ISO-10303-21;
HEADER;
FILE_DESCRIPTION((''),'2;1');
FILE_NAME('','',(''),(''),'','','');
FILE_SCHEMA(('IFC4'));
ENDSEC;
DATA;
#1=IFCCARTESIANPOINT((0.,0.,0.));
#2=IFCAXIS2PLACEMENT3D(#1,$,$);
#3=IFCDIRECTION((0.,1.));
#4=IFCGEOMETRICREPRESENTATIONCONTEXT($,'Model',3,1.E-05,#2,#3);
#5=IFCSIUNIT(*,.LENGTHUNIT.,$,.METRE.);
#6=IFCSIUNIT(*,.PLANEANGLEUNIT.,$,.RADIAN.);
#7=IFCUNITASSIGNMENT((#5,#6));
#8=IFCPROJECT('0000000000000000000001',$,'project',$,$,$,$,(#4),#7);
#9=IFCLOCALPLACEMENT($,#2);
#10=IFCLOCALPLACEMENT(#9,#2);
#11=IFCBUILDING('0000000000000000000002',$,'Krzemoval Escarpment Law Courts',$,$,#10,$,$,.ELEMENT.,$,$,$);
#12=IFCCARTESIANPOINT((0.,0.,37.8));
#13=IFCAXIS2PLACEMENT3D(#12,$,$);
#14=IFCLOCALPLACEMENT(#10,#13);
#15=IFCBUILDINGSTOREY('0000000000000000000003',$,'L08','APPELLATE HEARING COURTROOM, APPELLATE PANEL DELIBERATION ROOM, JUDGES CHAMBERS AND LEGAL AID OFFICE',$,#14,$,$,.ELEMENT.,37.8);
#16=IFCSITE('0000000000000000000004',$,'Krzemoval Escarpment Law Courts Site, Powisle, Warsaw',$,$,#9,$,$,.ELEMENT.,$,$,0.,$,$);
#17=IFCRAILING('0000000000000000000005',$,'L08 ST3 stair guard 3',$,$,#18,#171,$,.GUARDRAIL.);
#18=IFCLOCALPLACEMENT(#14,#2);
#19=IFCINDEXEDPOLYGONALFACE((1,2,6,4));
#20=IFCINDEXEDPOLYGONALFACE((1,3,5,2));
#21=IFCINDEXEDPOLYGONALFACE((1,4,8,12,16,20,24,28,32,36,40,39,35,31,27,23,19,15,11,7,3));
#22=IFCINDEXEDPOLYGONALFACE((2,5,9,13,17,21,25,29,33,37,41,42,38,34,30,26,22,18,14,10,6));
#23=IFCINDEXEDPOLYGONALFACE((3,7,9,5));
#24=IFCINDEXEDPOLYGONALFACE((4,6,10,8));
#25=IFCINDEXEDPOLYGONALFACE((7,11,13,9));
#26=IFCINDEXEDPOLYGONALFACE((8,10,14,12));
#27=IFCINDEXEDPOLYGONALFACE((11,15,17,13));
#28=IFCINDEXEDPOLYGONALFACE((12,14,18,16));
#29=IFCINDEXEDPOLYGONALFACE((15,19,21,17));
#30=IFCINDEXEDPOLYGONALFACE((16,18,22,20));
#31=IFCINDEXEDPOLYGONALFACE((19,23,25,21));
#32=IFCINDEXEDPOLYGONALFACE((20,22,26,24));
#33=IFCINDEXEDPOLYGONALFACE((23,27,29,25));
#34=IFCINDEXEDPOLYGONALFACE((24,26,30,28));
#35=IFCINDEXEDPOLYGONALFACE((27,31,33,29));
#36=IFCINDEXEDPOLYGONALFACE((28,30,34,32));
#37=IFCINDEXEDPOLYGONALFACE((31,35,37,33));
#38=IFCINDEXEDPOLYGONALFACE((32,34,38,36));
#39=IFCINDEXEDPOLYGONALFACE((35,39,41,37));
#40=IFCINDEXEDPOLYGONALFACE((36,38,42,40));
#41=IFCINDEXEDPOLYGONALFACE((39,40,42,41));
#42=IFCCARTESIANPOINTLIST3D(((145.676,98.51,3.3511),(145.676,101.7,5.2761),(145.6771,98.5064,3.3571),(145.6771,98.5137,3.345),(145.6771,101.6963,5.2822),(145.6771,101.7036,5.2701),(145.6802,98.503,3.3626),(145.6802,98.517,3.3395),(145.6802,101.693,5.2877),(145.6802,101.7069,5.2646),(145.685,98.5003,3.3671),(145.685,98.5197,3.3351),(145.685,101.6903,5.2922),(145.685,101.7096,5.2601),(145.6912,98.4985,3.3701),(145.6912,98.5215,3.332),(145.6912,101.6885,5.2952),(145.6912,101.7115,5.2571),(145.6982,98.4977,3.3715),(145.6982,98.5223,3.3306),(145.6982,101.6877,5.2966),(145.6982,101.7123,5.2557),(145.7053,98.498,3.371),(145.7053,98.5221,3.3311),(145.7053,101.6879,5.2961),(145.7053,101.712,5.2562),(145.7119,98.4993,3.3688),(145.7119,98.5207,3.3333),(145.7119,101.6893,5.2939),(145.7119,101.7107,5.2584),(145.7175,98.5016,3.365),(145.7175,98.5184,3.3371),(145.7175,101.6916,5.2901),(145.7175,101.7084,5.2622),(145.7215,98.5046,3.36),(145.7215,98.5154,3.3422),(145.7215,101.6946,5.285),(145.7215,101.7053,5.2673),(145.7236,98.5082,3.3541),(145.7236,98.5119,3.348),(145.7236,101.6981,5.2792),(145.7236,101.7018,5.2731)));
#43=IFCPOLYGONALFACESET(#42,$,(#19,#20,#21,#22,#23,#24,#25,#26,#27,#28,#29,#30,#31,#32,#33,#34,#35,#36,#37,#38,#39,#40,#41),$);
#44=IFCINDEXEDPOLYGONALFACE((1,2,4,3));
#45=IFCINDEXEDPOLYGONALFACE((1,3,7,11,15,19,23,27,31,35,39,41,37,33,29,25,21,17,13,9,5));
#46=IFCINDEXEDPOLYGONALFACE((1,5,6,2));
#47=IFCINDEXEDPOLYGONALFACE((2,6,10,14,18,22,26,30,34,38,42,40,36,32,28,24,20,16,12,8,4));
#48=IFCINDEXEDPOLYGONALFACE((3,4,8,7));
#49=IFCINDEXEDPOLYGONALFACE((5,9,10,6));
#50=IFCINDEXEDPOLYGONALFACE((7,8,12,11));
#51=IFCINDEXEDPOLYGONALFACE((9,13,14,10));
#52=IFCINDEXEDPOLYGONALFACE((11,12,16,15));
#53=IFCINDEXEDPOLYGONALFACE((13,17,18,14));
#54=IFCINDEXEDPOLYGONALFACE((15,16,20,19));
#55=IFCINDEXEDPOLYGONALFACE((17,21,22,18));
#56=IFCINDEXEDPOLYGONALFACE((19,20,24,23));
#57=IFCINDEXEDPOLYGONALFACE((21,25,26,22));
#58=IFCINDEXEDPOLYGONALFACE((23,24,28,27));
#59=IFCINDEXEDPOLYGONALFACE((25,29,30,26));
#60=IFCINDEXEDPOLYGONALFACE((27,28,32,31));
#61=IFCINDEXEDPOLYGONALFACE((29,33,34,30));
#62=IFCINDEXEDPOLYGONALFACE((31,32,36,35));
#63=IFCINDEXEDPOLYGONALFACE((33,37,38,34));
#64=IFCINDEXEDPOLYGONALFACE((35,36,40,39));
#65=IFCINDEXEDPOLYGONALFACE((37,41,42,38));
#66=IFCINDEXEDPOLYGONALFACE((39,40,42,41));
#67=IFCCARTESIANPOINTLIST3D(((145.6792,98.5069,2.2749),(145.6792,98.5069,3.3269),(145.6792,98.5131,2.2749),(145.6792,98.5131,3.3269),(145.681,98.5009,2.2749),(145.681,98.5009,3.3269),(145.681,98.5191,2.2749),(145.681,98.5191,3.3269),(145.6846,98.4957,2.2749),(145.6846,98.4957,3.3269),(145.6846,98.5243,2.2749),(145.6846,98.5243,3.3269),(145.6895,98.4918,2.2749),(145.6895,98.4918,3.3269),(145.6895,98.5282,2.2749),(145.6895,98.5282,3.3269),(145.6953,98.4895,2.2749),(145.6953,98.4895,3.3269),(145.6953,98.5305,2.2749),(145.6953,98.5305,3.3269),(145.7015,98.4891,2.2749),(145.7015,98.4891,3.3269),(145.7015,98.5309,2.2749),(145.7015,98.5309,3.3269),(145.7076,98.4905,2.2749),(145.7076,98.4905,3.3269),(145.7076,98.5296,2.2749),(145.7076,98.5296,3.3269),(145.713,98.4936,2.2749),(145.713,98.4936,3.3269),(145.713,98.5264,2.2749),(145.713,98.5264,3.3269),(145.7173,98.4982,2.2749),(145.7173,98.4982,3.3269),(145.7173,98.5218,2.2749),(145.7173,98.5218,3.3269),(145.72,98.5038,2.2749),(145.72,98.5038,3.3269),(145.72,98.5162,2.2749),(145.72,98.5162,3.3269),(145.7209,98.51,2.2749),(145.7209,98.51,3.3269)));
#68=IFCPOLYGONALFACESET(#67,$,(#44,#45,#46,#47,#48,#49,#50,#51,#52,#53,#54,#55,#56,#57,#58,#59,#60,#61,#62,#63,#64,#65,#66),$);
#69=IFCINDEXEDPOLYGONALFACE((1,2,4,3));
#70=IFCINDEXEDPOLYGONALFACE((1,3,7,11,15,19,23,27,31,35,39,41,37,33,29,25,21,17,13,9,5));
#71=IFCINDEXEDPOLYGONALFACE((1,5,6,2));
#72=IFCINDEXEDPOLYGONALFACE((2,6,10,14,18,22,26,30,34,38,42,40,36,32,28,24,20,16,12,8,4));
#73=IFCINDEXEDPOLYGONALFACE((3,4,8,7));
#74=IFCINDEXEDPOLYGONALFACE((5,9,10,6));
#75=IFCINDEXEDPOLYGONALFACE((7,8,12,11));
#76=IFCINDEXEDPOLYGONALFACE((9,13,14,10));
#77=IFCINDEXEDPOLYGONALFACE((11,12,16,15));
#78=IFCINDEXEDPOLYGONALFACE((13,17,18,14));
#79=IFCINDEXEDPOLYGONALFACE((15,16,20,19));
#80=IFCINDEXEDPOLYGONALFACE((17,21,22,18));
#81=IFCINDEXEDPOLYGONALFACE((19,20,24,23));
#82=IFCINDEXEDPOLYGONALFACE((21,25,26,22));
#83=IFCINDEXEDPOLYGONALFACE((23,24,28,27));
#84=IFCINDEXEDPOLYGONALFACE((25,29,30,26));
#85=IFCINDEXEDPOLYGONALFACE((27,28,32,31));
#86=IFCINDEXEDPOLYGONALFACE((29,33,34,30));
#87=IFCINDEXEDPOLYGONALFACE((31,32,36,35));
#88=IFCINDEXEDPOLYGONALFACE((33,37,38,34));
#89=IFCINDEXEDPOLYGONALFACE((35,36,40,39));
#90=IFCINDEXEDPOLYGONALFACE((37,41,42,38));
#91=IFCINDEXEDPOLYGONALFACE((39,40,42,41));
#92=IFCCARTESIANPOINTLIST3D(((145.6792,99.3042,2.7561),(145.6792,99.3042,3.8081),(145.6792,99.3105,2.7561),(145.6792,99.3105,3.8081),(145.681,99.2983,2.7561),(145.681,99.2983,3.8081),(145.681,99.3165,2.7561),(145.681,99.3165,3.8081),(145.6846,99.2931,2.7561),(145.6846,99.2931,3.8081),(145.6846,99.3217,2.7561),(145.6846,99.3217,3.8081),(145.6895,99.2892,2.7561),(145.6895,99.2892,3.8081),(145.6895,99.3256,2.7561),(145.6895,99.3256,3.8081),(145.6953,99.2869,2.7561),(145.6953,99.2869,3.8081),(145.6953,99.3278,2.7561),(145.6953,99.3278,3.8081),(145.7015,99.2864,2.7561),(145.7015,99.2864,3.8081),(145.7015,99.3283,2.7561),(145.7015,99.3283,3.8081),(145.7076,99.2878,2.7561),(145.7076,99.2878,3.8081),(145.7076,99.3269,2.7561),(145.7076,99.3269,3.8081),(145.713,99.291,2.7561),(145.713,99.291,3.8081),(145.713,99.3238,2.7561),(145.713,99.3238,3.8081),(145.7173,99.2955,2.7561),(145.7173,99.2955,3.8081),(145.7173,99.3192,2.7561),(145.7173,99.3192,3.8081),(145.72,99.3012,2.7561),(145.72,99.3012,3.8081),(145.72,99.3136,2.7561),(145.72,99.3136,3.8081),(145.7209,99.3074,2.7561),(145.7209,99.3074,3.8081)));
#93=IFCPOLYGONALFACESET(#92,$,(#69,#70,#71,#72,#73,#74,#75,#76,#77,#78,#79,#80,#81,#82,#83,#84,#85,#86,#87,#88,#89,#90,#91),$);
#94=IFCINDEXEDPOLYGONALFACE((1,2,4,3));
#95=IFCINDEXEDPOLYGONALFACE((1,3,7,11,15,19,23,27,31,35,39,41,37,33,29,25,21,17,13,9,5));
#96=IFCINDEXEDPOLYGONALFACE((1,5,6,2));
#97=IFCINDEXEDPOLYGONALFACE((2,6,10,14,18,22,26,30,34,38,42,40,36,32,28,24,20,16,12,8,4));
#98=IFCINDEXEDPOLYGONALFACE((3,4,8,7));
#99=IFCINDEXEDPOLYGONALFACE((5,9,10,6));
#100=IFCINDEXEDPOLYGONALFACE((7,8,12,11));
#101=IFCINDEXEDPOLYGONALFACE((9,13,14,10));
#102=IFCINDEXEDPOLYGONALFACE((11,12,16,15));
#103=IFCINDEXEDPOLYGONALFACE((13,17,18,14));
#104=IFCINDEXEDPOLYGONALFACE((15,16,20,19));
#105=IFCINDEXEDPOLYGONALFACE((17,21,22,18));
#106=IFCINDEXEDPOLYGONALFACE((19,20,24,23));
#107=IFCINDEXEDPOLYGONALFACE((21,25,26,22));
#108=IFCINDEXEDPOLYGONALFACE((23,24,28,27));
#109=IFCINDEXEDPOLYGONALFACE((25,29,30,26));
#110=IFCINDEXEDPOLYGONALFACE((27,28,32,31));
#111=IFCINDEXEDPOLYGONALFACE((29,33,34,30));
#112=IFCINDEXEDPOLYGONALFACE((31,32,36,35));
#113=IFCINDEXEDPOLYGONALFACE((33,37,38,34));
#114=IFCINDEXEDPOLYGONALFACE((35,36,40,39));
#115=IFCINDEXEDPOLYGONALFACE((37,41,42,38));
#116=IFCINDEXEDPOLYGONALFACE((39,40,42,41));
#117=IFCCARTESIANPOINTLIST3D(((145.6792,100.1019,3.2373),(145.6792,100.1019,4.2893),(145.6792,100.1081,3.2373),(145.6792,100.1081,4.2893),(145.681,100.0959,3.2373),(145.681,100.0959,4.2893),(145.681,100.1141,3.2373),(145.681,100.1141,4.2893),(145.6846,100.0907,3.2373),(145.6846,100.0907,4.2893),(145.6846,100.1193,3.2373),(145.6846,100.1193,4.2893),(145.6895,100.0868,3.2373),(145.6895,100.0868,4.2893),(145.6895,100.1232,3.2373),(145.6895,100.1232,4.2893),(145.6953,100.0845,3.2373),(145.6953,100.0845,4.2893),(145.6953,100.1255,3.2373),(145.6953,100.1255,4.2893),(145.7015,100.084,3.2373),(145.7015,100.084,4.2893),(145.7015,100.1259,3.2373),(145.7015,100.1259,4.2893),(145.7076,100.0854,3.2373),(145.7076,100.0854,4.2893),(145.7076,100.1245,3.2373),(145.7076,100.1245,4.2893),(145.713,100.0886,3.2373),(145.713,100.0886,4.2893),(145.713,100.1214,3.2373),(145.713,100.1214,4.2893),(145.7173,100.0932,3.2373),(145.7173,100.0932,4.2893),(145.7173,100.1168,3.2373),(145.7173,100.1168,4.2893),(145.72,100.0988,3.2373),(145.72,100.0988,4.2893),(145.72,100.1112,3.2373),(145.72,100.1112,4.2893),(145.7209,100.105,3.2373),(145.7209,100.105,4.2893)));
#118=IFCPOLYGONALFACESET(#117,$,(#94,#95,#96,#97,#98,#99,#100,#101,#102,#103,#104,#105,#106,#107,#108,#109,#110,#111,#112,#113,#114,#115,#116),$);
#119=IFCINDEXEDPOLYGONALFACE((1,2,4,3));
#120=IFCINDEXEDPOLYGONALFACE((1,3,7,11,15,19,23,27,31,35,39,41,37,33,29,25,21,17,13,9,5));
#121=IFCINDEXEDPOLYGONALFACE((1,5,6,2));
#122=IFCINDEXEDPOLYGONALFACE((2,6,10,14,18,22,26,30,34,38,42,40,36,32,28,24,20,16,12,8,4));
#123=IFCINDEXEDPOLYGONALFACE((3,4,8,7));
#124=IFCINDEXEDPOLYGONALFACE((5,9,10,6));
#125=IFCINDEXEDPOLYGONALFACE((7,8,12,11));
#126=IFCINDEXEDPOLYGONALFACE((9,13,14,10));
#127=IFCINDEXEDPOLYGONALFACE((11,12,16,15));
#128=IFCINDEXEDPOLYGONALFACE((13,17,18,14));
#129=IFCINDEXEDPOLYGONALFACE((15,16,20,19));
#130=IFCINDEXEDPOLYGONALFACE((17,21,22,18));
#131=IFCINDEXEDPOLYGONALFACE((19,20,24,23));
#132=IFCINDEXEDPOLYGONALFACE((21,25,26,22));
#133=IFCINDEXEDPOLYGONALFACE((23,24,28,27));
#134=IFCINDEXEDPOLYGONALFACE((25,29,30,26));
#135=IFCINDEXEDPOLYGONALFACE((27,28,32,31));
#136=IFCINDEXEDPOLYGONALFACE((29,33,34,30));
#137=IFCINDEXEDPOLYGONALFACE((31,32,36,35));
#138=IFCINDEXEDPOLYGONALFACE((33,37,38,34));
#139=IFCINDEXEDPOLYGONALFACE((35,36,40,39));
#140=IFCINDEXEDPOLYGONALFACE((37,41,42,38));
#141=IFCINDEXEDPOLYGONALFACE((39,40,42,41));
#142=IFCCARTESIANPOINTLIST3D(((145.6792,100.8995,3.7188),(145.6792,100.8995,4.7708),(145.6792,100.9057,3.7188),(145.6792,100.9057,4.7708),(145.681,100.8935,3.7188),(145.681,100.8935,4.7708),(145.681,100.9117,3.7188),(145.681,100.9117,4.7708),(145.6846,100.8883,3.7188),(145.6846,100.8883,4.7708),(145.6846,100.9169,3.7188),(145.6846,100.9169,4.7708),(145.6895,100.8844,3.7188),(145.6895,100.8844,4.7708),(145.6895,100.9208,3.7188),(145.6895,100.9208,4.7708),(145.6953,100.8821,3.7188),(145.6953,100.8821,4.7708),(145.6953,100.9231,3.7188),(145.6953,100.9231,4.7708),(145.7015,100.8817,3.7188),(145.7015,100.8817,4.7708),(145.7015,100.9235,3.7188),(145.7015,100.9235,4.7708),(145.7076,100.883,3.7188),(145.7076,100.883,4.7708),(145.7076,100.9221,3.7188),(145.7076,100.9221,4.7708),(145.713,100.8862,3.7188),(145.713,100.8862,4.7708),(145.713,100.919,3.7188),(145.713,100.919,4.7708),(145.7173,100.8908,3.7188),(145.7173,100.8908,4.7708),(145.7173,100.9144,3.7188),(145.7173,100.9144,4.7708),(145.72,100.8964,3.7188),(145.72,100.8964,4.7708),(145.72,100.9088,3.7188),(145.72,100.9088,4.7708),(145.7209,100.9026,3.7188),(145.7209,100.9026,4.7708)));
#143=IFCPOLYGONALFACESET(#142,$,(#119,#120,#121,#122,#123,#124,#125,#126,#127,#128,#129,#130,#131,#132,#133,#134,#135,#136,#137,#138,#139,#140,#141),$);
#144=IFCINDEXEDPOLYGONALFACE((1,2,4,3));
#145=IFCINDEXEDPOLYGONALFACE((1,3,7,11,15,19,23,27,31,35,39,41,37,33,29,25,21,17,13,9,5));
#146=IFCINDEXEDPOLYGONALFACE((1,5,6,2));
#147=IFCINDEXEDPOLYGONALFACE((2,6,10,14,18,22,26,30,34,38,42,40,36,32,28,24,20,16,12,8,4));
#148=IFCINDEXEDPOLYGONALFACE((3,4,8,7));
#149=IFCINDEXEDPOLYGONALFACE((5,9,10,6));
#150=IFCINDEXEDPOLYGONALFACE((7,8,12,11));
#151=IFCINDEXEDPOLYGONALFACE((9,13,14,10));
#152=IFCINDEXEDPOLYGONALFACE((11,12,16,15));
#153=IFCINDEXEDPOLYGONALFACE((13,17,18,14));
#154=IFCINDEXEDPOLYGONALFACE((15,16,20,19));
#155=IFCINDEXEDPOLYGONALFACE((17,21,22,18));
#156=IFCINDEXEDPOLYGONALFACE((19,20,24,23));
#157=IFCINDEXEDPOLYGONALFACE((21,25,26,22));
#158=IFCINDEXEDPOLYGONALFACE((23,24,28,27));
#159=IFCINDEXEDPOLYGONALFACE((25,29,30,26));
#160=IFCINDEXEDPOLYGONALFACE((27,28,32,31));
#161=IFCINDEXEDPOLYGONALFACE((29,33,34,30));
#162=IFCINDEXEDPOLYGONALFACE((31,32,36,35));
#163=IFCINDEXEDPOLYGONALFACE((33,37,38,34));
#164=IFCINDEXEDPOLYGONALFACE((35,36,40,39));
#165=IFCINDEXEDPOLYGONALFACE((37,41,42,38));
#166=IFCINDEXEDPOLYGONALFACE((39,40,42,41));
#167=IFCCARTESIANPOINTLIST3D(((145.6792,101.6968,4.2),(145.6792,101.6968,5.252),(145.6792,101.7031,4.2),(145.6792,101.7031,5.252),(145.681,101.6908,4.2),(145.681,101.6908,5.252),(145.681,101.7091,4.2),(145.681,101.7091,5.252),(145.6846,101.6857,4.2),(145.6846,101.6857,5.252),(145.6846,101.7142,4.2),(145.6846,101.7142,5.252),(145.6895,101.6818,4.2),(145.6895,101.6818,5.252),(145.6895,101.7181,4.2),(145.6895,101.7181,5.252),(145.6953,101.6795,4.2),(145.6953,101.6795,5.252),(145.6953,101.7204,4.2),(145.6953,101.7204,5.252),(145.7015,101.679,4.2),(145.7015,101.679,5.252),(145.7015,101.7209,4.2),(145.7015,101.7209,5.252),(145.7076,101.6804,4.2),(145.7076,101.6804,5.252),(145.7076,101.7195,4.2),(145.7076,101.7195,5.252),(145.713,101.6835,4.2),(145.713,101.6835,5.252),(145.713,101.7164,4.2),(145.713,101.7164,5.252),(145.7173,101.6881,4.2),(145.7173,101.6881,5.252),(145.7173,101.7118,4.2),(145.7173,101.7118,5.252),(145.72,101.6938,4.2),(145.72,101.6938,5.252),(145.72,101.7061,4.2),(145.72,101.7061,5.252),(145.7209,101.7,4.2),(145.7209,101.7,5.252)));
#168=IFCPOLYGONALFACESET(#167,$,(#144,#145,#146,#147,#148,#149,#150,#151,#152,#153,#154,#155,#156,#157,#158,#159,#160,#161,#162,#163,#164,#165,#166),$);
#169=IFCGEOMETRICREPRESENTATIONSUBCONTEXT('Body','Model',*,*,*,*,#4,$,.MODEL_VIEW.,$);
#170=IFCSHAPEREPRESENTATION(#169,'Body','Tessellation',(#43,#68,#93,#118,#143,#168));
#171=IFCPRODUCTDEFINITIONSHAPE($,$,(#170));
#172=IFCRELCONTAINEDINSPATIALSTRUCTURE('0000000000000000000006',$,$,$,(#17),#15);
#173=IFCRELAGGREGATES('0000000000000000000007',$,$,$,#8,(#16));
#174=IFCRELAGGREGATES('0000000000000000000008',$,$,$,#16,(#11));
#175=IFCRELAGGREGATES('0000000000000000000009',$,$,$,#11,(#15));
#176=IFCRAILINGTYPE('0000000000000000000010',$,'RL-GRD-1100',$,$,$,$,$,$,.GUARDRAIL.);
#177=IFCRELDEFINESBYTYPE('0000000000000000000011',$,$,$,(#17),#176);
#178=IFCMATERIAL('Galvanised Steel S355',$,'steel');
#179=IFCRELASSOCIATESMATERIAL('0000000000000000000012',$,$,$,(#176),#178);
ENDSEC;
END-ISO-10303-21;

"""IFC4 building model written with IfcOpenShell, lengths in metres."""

from ifc_helpers import new_model, si_unit, direction, frame, origin, origin_2d, place, context, subcontext, project, spatial, circle, extrude, material, type_object, element, save


model = new_model("IFC4")

# Units and contexts
model_context = context("Model", 3, precision=1e-05, world=origin(), true_north=direction((0.0, 1.0)))
body_context = subcontext(model_context, "Body", "Model", "MODEL_VIEW")
ifc_project = project(units=[si_unit("LENGTHUNIT", "METRE"), si_unit("PLANEANGLEUNIT", "RADIAN")], contexts=[model_context])

# Site, building, storey
site_placement = place(None, origin())
site = spatial("IfcSite", under=ifc_project, at=site_placement, Name="Krzemoval Escarpment Law Courts Site, Powisle, Warsaw", CompositionType="ELEMENT", RefElevation=0.0)
building_placement = place(site_placement, origin())
building = spatial("IfcBuilding", under=site, at=building_placement, Name="Krzemoval Escarpment Law Courts", CompositionType="ELEMENT")
storey_placement = place(building_placement, frame((0.0, 0.0, 37.8)))
storey = spatial("IfcBuildingStorey", under=building, at=storey_placement, Name="L08", Description="APPELLATE HEARING COURTROOM, APPELLATE PANEL DELIBERATION ROOM, JUDGES CHAMBERS AND LEGAL AID OFFICE", CompositionType="ELEMENT", Elevation=37.8)

# Railing
ifc_material_1 = material(Name="Galvanised Steel S355", Category="steel")
railing_type_1 = type_object("IfcRailingType", Name="RL-GRD-1100", PredefinedType="GUARDRAIL", material=ifc_material_1)
railing_1_placement = place(storey_placement, frame((145.7, 98.51, 2.2749)))
element("IfcRailing", 1, at=railing_1_placement, inside=storey, type_object=railing_type_1, Name="L08 ST3 stair guard 3", PredefinedType="GUARDRAIL", context=body_context, shape_type="SweptSolid", body=[
    extrude(circle(Radius=0.0239, at=origin_2d()), frame((0.0, 0.0, 1.0762), z_axis=(0.0, 0.856178, 0.516682), x_axis=(-1.0, 0.0, 0.0)), (0.0, 0.0, 1.0), 3.7258),
    extrude(circle(Radius=0.021, at=origin_2d()), origin(), (0.0, 0.0, 1.0), 1.052),
    extrude(circle(Radius=0.021, at=origin_2d()), frame((0.0, 0.7974, 0.4812)), (0.0, 0.0, 1.0), 1.052),
    extrude(circle(Radius=0.021, at=origin_2d()), frame((0.0, 1.595, 0.9624)), (0.0, 0.0, 1.0), 1.052),
    extrude(circle(Radius=0.021, at=origin_2d()), frame((0.0, 2.3926, 1.4438)), (0.0, 0.0, 1.0), 1.052),
    extrude(circle(Radius=0.021, at=origin_2d()), frame((0.0, 3.1899, 1.925)), (0.0, 0.0, 1.0), 1.052),
])

save(model, "model.ifc")
